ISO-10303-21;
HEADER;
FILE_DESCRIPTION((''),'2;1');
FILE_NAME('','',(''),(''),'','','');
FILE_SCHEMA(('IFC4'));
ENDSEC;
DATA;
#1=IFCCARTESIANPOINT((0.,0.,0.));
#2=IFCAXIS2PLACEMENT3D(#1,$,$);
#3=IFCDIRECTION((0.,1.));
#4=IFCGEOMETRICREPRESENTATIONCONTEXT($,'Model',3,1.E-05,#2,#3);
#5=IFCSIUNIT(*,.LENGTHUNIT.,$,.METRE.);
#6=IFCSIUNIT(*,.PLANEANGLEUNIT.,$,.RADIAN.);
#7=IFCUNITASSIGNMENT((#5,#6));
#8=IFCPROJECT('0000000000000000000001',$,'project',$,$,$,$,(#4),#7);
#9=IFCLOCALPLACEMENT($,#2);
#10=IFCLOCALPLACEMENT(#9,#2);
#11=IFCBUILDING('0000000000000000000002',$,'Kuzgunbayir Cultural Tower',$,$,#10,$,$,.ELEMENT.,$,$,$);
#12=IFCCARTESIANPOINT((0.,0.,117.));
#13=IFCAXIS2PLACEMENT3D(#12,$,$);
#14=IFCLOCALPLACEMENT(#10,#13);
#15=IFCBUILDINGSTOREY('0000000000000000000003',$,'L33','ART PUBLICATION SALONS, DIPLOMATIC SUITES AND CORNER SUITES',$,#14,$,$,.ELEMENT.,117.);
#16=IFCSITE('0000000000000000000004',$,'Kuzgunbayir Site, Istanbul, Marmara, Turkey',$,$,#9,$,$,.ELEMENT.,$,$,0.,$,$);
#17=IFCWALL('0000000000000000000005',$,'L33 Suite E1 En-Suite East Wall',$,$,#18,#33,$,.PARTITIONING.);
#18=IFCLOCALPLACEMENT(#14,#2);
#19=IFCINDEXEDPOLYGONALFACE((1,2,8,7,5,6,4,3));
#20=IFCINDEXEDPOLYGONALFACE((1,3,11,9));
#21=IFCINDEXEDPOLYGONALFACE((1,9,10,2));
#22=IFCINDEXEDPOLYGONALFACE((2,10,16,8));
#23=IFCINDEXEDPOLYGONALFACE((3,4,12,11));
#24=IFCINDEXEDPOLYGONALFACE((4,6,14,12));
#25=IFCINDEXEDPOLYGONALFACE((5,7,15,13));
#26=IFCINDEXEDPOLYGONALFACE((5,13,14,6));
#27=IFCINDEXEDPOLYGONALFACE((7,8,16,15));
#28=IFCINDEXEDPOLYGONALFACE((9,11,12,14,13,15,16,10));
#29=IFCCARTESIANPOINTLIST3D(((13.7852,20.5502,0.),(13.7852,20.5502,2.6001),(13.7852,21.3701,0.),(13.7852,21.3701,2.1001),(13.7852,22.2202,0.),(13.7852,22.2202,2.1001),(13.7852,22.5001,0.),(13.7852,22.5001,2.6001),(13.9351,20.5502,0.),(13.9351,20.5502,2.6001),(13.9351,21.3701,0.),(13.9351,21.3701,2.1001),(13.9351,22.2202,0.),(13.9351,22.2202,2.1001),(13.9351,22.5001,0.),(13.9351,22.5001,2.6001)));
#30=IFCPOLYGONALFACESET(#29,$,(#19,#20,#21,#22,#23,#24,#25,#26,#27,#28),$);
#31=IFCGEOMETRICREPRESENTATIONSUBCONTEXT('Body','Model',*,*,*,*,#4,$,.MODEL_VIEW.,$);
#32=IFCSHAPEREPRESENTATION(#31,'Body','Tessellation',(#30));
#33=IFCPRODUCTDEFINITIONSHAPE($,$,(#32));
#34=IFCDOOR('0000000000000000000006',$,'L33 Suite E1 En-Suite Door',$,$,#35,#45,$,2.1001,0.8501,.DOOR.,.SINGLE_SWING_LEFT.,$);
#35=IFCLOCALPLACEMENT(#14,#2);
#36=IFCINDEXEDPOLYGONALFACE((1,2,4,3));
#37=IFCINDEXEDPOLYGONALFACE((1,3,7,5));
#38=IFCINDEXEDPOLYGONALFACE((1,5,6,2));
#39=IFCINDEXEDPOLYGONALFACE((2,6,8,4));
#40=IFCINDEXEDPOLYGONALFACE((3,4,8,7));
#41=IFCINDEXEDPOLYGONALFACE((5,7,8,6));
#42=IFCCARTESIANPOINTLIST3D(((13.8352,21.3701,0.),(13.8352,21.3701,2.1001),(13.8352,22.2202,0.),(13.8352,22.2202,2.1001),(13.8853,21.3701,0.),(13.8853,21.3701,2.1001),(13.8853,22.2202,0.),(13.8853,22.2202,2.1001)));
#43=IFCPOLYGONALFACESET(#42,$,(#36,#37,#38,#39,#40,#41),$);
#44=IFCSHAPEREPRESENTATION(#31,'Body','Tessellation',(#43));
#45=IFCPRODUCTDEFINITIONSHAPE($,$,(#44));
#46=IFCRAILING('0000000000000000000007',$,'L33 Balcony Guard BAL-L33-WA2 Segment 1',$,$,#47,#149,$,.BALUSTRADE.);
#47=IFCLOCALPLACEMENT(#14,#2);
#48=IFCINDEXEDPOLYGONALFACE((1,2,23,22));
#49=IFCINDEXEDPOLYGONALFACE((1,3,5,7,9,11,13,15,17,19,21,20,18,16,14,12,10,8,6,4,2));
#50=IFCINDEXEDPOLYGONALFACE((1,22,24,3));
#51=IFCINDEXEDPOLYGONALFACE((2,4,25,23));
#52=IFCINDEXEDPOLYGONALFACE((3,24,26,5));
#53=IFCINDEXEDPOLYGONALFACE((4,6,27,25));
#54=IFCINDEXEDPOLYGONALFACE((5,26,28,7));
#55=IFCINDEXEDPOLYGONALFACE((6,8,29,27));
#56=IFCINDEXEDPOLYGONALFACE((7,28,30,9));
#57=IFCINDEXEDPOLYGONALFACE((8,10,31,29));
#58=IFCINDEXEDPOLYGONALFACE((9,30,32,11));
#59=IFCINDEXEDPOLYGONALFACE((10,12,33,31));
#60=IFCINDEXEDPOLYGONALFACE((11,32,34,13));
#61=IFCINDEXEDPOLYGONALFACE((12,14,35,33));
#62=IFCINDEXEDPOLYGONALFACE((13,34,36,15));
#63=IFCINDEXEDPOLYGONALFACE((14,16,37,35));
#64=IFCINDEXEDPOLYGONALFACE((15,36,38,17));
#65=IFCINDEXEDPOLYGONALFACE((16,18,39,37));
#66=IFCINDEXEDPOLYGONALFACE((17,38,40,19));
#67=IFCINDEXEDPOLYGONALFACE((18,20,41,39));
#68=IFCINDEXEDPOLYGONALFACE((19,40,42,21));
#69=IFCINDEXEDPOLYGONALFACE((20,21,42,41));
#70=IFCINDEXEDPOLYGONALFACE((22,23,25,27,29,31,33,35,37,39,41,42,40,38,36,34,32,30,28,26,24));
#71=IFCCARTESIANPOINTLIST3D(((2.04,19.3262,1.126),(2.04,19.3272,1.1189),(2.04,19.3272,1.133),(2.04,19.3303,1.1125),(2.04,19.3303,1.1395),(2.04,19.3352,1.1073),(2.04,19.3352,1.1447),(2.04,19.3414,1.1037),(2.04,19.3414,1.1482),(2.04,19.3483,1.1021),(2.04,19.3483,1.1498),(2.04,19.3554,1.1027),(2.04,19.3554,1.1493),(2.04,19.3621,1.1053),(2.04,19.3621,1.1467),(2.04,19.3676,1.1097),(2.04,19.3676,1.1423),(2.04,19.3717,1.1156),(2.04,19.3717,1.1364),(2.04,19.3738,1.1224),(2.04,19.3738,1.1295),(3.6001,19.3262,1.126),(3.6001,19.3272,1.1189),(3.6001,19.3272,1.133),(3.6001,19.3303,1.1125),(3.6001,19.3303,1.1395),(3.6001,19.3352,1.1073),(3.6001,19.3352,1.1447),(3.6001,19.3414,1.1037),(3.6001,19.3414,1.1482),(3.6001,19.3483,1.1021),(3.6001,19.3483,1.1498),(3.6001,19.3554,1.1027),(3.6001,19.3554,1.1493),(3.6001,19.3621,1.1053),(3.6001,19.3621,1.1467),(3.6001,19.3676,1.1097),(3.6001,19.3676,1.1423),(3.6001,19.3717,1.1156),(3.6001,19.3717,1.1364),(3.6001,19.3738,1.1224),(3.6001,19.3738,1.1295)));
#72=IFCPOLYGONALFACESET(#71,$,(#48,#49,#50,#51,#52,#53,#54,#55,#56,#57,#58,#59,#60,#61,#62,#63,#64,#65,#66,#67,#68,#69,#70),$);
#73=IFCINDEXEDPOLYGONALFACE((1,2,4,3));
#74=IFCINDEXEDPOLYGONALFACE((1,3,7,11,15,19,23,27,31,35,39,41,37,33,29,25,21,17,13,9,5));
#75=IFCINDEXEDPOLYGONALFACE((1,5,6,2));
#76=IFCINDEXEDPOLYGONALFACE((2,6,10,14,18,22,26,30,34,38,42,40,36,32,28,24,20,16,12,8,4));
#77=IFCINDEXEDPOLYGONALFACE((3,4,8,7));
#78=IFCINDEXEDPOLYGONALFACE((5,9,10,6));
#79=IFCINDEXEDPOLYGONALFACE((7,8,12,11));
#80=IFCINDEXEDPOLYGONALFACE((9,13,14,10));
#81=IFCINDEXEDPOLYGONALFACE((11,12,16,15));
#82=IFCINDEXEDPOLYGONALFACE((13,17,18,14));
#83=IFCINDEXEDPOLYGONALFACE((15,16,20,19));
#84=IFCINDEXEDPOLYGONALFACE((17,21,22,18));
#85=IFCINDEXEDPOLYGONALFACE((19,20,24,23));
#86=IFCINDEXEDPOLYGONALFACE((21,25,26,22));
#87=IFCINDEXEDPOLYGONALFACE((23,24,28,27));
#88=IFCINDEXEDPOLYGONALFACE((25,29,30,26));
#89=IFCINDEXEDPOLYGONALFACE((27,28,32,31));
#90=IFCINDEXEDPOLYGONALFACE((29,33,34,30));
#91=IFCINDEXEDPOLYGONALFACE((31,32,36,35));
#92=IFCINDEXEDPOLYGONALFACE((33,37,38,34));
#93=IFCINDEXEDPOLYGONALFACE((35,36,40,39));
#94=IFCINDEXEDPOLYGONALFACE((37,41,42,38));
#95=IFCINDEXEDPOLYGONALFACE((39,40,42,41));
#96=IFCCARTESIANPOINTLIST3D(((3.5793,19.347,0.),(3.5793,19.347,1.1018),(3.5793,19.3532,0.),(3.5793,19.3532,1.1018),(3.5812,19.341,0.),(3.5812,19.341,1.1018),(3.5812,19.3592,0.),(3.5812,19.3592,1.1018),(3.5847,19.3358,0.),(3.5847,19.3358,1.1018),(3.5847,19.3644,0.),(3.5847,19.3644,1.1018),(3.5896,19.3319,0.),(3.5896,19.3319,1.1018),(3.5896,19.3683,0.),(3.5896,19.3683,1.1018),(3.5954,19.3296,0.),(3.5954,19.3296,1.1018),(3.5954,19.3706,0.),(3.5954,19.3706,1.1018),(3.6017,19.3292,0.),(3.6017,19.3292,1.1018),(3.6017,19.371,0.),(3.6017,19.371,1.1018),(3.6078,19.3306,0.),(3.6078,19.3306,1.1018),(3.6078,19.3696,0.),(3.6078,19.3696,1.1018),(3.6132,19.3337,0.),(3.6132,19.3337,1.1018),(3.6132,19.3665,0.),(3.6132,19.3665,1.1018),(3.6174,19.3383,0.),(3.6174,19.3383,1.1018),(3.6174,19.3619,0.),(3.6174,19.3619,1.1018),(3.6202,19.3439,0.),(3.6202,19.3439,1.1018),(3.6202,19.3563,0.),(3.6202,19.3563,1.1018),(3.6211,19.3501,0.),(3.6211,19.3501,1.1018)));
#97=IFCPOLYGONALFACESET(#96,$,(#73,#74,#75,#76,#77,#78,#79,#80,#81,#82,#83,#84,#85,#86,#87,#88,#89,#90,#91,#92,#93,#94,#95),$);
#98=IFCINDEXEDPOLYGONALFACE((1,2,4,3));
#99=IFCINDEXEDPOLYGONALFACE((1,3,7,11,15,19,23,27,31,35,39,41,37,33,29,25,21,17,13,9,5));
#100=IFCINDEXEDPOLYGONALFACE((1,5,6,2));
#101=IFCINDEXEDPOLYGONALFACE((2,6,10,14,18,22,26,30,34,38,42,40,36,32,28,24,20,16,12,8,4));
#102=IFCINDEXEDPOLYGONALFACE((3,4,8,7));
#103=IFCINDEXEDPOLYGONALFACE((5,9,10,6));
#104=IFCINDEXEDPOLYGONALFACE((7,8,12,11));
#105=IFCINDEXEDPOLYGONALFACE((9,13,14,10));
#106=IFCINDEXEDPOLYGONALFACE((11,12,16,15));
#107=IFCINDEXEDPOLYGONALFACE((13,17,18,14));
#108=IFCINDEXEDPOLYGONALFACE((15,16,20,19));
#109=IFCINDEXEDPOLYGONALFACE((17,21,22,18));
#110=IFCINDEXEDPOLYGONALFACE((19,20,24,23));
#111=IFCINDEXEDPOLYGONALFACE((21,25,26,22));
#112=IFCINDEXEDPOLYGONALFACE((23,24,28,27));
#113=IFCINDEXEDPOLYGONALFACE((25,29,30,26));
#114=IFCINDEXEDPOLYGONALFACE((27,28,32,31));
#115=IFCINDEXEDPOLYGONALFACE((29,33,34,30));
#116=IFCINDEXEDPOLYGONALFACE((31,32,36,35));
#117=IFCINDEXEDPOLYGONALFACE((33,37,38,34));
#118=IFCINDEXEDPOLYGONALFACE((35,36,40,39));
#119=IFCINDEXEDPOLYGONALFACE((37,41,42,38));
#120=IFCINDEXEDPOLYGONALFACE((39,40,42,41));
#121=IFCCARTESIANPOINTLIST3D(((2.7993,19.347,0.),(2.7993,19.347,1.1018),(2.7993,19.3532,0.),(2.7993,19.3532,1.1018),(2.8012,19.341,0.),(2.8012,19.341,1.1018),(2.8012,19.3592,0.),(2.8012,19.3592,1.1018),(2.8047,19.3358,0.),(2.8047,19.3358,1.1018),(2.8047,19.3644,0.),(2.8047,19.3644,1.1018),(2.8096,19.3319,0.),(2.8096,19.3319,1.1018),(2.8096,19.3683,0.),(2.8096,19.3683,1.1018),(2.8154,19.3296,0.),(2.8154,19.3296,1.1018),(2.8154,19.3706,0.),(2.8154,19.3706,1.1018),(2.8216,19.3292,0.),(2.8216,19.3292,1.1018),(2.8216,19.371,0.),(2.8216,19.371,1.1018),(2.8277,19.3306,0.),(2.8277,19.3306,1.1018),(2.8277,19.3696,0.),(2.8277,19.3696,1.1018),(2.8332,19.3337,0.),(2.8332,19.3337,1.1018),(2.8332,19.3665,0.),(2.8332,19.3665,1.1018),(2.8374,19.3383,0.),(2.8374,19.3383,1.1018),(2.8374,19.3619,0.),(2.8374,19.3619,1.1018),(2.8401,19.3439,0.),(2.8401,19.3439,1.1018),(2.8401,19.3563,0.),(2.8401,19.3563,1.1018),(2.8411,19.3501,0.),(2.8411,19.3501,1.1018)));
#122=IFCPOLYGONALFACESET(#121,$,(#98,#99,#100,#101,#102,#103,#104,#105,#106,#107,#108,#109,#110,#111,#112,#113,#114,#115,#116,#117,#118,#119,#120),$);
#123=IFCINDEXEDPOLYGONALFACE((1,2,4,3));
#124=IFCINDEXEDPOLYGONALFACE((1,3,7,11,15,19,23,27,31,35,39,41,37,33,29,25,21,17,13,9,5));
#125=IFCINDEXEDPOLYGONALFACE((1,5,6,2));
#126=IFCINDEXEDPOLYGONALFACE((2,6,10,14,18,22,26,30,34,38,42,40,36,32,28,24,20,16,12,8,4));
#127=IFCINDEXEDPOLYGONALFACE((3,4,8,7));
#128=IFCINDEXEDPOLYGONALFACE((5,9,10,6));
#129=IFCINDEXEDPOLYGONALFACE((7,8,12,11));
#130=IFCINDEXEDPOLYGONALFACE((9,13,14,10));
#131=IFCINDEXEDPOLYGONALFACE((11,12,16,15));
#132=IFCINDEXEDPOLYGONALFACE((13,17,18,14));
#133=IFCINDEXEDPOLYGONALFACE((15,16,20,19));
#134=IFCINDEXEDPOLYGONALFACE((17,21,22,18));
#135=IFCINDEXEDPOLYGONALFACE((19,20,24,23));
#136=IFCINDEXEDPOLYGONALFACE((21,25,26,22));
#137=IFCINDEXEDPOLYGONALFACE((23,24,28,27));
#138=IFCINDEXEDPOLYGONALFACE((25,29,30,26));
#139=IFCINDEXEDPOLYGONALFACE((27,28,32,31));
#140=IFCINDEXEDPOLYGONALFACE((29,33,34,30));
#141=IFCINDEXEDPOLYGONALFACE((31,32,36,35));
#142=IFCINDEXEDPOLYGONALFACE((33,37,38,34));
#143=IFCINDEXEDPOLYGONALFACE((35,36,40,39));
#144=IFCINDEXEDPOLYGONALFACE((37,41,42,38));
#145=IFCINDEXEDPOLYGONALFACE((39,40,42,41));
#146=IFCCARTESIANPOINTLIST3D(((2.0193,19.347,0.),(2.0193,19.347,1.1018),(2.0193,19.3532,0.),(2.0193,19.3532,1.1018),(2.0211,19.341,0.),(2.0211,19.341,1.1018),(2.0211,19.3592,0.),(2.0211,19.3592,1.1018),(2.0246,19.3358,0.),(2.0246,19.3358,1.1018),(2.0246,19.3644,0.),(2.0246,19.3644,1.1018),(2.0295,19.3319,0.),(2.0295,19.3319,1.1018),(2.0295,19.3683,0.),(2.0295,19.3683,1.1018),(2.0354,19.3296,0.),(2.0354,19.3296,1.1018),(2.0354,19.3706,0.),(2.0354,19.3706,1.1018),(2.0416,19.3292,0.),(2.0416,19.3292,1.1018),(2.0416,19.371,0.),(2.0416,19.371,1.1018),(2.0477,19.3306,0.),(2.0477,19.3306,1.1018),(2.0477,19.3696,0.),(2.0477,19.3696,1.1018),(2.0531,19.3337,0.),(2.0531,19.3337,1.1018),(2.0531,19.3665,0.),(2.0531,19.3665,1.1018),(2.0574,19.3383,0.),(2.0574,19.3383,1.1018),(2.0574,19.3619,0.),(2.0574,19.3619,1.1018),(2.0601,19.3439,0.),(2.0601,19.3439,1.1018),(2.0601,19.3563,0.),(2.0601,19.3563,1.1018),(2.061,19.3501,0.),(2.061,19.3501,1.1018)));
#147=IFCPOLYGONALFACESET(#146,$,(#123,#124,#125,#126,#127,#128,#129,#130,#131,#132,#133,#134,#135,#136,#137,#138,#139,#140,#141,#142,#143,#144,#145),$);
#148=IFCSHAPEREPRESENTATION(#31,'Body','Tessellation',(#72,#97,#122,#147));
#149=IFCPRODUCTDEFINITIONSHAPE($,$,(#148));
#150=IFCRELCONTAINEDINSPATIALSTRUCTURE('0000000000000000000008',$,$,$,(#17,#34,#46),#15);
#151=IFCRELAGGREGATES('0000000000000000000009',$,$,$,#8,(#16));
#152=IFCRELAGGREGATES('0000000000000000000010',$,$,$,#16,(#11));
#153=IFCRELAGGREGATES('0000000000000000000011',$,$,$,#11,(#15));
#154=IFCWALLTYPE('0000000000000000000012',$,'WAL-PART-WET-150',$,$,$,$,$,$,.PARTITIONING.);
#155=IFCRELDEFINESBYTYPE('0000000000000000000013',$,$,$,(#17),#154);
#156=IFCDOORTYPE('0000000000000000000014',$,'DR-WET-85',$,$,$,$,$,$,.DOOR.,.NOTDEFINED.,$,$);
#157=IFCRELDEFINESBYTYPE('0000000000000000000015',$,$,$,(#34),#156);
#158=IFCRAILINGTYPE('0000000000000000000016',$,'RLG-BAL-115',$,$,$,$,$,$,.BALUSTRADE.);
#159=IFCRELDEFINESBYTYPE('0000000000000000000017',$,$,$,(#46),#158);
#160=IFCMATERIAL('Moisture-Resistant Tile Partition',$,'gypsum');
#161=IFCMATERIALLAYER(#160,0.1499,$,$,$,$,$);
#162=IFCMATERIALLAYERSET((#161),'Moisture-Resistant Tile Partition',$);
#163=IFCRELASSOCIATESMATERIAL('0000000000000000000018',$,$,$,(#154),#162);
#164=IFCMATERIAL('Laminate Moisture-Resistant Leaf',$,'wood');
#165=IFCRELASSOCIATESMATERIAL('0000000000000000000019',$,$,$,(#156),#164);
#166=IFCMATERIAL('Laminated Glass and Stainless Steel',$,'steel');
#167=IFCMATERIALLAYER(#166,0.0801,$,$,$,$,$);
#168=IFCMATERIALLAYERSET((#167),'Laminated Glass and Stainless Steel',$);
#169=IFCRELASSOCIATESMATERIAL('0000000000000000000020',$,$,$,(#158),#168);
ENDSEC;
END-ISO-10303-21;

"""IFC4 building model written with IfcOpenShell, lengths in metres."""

from ifc_helpers import new_model, si_unit, direction, frame, frame_2d, origin, origin_2d, place, context, subcontext, project, spatial, rectangle, circle, extrude, material, layer, layer_set, type_object, element, fill, save


model = new_model("IFC4")

# Units and contexts
model_context = context("Model", 3, precision=1e-05, world=origin(), true_north=direction((0.0, 1.0)))
body_context = subcontext(model_context, "Body", "Model", "MODEL_VIEW")
ifc_project = project(units=[si_unit("LENGTHUNIT", "METRE"), si_unit("PLANEANGLEUNIT", "RADIAN")], contexts=[model_context])

# Site, building, storey
site_placement = place(None, origin())
site = spatial("IfcSite", under=ifc_project, at=site_placement, Name="Kuzgunbayir Site, Istanbul, Marmara, Turkey", CompositionType="ELEMENT", RefElevation=0.0)
building_placement = place(site_placement, origin())
building = spatial("IfcBuilding", under=site, at=building_placement, Name="Kuzgunbayir Cultural Tower", CompositionType="ELEMENT")
storey_placement = place(building_placement, frame((0.0, 0.0, 117.0)))
storey = spatial("IfcBuildingStorey", under=building, at=storey_placement, Name="L33", Description="ART PUBLICATION SALONS, DIPLOMATIC SUITES AND CORNER SUITES", CompositionType="ELEMENT", Elevation=117.0)

# Shared definitions
ifc_material_1 = material(Name="Moisture-Resistant Tile Partition", Category="gypsum")
ifc_layer_1 = layer(ifc_material_1, 0.1499)
ifc_layer_set_1 = layer_set([ifc_layer_1], Name="Moisture-Resistant Tile Partition")
wall_type_1 = type_object("IfcWallType", Name="WAL-PART-WET-150", PredefinedType="PARTITIONING", material=ifc_layer_set_1)

# Wall, opening, door
wall_1_placement = place(storey_placement, frame((13.8601, 20.55, 0.0), z_axis=(0.0, 0.0, 1.0), x_axis=(0.0, 1.0, 0.0)))
wall_1 = element("IfcWall", 1, at=wall_1_placement, inside=storey, type_object=wall_type_1, Name="L33 Suite E1 En-Suite East Wall", PredefinedType="PARTITIONING", context=body_context, shape_type="SweptSolid", body=[
    extrude(rectangle(XDim=1.95, YDim=0.1499, at=frame_2d((0.9751, 0.0))), origin(), (0.0, 0.0, 1.0), 2.6001),
])
opening_placement = place(wall_1_placement, frame((0.8201, 0.0, 0.0)))
opening = element("IfcOpeningElement", 2, at=opening_placement, cuts=wall_1, PredefinedType="OPENING", context=body_context, shape_type="SweptSolid", body=[
    extrude(rectangle(XDim=0.8501, YDim=2.1001, at=frame_2d((0.425, 1.05))), frame((0.0, 0.085, 0.0), z_axis=(0.0, -1.0, 0.0), x_axis=(1.0, 0.0, 0.0)), (0.0, 0.0, 1.0), 0.1699),
])
ifc_material_2 = material(Name="Laminate Moisture-Resistant Leaf", Category="wood")
door_type = type_object("IfcDoorType", Name="DR-WET-85", OperationType="NOTDEFINED", PredefinedType="DOOR", material=ifc_material_2)
door_placement = place(opening_placement, origin())
door = element("IfcDoor", 3, at=door_placement, inside=storey, type_object=door_type, Name="L33 Suite E1 En-Suite Door", OperationType="SINGLE_SWING_LEFT", OverallHeight=2.1001, OverallWidth=0.8501, PredefinedType="DOOR", context=body_context, shape_type="SweptSolid", body=[
    extrude(rectangle(XDim=0.8501, YDim=2.1001, at=frame_2d((0.425, 1.05))), frame((0.0, 0.0249, 0.0), z_axis=(0.0, -1.0, 0.0), x_axis=(1.0, 0.0, 0.0)), (0.0, 0.0, 1.0), 0.05),
])
fill(opening, door)

# Railing
ifc_material_3 = material(Name="Laminated Glass and Stainless Steel", Category="steel")
ifc_layer_2 = layer(ifc_material_3, 0.0801)
ifc_layer_set_2 = layer_set([ifc_layer_2], Name="Laminated Glass and Stainless Steel")
railing_type = type_object("IfcRailingType", Name="RLG-BAL-115", PredefinedType="BALUSTRADE", material=ifc_layer_set_2)
railing_1_placement = place(storey_placement, frame((3.6001, 19.3501, 0.0)))
element("IfcRailing", 4, at=railing_1_placement, inside=storey, type_object=railing_type, Name="L33 Balcony Guard BAL-L33-WA2 Segment 1", PredefinedType="BALUSTRADE", context=body_context, shape_type="SweptSolid", body=[
    extrude(circle(Radius=0.0239, at=origin_2d()), frame((0.0, 0.0, 1.126), z_axis=(-1.0, 0.0, 0.0), x_axis=(0.0, -1.0, 0.0)), (0.0, 0.0, 1.0), 1.5601),
    extrude(circle(Radius=0.021, at=origin_2d()), origin(), (0.0, 0.0, 1.0), 1.1018),
    extrude(circle(Radius=0.021, at=origin_2d()), frame((-0.78, 0.0, 0.0)), (0.0, 0.0, 1.0), 1.1018),
    extrude(circle(Radius=0.021, at=origin_2d()), frame((-1.5601, 0.0, 0.0)), (0.0, 0.0, 1.0), 1.1018),
])

save(model, "model.ifc")
